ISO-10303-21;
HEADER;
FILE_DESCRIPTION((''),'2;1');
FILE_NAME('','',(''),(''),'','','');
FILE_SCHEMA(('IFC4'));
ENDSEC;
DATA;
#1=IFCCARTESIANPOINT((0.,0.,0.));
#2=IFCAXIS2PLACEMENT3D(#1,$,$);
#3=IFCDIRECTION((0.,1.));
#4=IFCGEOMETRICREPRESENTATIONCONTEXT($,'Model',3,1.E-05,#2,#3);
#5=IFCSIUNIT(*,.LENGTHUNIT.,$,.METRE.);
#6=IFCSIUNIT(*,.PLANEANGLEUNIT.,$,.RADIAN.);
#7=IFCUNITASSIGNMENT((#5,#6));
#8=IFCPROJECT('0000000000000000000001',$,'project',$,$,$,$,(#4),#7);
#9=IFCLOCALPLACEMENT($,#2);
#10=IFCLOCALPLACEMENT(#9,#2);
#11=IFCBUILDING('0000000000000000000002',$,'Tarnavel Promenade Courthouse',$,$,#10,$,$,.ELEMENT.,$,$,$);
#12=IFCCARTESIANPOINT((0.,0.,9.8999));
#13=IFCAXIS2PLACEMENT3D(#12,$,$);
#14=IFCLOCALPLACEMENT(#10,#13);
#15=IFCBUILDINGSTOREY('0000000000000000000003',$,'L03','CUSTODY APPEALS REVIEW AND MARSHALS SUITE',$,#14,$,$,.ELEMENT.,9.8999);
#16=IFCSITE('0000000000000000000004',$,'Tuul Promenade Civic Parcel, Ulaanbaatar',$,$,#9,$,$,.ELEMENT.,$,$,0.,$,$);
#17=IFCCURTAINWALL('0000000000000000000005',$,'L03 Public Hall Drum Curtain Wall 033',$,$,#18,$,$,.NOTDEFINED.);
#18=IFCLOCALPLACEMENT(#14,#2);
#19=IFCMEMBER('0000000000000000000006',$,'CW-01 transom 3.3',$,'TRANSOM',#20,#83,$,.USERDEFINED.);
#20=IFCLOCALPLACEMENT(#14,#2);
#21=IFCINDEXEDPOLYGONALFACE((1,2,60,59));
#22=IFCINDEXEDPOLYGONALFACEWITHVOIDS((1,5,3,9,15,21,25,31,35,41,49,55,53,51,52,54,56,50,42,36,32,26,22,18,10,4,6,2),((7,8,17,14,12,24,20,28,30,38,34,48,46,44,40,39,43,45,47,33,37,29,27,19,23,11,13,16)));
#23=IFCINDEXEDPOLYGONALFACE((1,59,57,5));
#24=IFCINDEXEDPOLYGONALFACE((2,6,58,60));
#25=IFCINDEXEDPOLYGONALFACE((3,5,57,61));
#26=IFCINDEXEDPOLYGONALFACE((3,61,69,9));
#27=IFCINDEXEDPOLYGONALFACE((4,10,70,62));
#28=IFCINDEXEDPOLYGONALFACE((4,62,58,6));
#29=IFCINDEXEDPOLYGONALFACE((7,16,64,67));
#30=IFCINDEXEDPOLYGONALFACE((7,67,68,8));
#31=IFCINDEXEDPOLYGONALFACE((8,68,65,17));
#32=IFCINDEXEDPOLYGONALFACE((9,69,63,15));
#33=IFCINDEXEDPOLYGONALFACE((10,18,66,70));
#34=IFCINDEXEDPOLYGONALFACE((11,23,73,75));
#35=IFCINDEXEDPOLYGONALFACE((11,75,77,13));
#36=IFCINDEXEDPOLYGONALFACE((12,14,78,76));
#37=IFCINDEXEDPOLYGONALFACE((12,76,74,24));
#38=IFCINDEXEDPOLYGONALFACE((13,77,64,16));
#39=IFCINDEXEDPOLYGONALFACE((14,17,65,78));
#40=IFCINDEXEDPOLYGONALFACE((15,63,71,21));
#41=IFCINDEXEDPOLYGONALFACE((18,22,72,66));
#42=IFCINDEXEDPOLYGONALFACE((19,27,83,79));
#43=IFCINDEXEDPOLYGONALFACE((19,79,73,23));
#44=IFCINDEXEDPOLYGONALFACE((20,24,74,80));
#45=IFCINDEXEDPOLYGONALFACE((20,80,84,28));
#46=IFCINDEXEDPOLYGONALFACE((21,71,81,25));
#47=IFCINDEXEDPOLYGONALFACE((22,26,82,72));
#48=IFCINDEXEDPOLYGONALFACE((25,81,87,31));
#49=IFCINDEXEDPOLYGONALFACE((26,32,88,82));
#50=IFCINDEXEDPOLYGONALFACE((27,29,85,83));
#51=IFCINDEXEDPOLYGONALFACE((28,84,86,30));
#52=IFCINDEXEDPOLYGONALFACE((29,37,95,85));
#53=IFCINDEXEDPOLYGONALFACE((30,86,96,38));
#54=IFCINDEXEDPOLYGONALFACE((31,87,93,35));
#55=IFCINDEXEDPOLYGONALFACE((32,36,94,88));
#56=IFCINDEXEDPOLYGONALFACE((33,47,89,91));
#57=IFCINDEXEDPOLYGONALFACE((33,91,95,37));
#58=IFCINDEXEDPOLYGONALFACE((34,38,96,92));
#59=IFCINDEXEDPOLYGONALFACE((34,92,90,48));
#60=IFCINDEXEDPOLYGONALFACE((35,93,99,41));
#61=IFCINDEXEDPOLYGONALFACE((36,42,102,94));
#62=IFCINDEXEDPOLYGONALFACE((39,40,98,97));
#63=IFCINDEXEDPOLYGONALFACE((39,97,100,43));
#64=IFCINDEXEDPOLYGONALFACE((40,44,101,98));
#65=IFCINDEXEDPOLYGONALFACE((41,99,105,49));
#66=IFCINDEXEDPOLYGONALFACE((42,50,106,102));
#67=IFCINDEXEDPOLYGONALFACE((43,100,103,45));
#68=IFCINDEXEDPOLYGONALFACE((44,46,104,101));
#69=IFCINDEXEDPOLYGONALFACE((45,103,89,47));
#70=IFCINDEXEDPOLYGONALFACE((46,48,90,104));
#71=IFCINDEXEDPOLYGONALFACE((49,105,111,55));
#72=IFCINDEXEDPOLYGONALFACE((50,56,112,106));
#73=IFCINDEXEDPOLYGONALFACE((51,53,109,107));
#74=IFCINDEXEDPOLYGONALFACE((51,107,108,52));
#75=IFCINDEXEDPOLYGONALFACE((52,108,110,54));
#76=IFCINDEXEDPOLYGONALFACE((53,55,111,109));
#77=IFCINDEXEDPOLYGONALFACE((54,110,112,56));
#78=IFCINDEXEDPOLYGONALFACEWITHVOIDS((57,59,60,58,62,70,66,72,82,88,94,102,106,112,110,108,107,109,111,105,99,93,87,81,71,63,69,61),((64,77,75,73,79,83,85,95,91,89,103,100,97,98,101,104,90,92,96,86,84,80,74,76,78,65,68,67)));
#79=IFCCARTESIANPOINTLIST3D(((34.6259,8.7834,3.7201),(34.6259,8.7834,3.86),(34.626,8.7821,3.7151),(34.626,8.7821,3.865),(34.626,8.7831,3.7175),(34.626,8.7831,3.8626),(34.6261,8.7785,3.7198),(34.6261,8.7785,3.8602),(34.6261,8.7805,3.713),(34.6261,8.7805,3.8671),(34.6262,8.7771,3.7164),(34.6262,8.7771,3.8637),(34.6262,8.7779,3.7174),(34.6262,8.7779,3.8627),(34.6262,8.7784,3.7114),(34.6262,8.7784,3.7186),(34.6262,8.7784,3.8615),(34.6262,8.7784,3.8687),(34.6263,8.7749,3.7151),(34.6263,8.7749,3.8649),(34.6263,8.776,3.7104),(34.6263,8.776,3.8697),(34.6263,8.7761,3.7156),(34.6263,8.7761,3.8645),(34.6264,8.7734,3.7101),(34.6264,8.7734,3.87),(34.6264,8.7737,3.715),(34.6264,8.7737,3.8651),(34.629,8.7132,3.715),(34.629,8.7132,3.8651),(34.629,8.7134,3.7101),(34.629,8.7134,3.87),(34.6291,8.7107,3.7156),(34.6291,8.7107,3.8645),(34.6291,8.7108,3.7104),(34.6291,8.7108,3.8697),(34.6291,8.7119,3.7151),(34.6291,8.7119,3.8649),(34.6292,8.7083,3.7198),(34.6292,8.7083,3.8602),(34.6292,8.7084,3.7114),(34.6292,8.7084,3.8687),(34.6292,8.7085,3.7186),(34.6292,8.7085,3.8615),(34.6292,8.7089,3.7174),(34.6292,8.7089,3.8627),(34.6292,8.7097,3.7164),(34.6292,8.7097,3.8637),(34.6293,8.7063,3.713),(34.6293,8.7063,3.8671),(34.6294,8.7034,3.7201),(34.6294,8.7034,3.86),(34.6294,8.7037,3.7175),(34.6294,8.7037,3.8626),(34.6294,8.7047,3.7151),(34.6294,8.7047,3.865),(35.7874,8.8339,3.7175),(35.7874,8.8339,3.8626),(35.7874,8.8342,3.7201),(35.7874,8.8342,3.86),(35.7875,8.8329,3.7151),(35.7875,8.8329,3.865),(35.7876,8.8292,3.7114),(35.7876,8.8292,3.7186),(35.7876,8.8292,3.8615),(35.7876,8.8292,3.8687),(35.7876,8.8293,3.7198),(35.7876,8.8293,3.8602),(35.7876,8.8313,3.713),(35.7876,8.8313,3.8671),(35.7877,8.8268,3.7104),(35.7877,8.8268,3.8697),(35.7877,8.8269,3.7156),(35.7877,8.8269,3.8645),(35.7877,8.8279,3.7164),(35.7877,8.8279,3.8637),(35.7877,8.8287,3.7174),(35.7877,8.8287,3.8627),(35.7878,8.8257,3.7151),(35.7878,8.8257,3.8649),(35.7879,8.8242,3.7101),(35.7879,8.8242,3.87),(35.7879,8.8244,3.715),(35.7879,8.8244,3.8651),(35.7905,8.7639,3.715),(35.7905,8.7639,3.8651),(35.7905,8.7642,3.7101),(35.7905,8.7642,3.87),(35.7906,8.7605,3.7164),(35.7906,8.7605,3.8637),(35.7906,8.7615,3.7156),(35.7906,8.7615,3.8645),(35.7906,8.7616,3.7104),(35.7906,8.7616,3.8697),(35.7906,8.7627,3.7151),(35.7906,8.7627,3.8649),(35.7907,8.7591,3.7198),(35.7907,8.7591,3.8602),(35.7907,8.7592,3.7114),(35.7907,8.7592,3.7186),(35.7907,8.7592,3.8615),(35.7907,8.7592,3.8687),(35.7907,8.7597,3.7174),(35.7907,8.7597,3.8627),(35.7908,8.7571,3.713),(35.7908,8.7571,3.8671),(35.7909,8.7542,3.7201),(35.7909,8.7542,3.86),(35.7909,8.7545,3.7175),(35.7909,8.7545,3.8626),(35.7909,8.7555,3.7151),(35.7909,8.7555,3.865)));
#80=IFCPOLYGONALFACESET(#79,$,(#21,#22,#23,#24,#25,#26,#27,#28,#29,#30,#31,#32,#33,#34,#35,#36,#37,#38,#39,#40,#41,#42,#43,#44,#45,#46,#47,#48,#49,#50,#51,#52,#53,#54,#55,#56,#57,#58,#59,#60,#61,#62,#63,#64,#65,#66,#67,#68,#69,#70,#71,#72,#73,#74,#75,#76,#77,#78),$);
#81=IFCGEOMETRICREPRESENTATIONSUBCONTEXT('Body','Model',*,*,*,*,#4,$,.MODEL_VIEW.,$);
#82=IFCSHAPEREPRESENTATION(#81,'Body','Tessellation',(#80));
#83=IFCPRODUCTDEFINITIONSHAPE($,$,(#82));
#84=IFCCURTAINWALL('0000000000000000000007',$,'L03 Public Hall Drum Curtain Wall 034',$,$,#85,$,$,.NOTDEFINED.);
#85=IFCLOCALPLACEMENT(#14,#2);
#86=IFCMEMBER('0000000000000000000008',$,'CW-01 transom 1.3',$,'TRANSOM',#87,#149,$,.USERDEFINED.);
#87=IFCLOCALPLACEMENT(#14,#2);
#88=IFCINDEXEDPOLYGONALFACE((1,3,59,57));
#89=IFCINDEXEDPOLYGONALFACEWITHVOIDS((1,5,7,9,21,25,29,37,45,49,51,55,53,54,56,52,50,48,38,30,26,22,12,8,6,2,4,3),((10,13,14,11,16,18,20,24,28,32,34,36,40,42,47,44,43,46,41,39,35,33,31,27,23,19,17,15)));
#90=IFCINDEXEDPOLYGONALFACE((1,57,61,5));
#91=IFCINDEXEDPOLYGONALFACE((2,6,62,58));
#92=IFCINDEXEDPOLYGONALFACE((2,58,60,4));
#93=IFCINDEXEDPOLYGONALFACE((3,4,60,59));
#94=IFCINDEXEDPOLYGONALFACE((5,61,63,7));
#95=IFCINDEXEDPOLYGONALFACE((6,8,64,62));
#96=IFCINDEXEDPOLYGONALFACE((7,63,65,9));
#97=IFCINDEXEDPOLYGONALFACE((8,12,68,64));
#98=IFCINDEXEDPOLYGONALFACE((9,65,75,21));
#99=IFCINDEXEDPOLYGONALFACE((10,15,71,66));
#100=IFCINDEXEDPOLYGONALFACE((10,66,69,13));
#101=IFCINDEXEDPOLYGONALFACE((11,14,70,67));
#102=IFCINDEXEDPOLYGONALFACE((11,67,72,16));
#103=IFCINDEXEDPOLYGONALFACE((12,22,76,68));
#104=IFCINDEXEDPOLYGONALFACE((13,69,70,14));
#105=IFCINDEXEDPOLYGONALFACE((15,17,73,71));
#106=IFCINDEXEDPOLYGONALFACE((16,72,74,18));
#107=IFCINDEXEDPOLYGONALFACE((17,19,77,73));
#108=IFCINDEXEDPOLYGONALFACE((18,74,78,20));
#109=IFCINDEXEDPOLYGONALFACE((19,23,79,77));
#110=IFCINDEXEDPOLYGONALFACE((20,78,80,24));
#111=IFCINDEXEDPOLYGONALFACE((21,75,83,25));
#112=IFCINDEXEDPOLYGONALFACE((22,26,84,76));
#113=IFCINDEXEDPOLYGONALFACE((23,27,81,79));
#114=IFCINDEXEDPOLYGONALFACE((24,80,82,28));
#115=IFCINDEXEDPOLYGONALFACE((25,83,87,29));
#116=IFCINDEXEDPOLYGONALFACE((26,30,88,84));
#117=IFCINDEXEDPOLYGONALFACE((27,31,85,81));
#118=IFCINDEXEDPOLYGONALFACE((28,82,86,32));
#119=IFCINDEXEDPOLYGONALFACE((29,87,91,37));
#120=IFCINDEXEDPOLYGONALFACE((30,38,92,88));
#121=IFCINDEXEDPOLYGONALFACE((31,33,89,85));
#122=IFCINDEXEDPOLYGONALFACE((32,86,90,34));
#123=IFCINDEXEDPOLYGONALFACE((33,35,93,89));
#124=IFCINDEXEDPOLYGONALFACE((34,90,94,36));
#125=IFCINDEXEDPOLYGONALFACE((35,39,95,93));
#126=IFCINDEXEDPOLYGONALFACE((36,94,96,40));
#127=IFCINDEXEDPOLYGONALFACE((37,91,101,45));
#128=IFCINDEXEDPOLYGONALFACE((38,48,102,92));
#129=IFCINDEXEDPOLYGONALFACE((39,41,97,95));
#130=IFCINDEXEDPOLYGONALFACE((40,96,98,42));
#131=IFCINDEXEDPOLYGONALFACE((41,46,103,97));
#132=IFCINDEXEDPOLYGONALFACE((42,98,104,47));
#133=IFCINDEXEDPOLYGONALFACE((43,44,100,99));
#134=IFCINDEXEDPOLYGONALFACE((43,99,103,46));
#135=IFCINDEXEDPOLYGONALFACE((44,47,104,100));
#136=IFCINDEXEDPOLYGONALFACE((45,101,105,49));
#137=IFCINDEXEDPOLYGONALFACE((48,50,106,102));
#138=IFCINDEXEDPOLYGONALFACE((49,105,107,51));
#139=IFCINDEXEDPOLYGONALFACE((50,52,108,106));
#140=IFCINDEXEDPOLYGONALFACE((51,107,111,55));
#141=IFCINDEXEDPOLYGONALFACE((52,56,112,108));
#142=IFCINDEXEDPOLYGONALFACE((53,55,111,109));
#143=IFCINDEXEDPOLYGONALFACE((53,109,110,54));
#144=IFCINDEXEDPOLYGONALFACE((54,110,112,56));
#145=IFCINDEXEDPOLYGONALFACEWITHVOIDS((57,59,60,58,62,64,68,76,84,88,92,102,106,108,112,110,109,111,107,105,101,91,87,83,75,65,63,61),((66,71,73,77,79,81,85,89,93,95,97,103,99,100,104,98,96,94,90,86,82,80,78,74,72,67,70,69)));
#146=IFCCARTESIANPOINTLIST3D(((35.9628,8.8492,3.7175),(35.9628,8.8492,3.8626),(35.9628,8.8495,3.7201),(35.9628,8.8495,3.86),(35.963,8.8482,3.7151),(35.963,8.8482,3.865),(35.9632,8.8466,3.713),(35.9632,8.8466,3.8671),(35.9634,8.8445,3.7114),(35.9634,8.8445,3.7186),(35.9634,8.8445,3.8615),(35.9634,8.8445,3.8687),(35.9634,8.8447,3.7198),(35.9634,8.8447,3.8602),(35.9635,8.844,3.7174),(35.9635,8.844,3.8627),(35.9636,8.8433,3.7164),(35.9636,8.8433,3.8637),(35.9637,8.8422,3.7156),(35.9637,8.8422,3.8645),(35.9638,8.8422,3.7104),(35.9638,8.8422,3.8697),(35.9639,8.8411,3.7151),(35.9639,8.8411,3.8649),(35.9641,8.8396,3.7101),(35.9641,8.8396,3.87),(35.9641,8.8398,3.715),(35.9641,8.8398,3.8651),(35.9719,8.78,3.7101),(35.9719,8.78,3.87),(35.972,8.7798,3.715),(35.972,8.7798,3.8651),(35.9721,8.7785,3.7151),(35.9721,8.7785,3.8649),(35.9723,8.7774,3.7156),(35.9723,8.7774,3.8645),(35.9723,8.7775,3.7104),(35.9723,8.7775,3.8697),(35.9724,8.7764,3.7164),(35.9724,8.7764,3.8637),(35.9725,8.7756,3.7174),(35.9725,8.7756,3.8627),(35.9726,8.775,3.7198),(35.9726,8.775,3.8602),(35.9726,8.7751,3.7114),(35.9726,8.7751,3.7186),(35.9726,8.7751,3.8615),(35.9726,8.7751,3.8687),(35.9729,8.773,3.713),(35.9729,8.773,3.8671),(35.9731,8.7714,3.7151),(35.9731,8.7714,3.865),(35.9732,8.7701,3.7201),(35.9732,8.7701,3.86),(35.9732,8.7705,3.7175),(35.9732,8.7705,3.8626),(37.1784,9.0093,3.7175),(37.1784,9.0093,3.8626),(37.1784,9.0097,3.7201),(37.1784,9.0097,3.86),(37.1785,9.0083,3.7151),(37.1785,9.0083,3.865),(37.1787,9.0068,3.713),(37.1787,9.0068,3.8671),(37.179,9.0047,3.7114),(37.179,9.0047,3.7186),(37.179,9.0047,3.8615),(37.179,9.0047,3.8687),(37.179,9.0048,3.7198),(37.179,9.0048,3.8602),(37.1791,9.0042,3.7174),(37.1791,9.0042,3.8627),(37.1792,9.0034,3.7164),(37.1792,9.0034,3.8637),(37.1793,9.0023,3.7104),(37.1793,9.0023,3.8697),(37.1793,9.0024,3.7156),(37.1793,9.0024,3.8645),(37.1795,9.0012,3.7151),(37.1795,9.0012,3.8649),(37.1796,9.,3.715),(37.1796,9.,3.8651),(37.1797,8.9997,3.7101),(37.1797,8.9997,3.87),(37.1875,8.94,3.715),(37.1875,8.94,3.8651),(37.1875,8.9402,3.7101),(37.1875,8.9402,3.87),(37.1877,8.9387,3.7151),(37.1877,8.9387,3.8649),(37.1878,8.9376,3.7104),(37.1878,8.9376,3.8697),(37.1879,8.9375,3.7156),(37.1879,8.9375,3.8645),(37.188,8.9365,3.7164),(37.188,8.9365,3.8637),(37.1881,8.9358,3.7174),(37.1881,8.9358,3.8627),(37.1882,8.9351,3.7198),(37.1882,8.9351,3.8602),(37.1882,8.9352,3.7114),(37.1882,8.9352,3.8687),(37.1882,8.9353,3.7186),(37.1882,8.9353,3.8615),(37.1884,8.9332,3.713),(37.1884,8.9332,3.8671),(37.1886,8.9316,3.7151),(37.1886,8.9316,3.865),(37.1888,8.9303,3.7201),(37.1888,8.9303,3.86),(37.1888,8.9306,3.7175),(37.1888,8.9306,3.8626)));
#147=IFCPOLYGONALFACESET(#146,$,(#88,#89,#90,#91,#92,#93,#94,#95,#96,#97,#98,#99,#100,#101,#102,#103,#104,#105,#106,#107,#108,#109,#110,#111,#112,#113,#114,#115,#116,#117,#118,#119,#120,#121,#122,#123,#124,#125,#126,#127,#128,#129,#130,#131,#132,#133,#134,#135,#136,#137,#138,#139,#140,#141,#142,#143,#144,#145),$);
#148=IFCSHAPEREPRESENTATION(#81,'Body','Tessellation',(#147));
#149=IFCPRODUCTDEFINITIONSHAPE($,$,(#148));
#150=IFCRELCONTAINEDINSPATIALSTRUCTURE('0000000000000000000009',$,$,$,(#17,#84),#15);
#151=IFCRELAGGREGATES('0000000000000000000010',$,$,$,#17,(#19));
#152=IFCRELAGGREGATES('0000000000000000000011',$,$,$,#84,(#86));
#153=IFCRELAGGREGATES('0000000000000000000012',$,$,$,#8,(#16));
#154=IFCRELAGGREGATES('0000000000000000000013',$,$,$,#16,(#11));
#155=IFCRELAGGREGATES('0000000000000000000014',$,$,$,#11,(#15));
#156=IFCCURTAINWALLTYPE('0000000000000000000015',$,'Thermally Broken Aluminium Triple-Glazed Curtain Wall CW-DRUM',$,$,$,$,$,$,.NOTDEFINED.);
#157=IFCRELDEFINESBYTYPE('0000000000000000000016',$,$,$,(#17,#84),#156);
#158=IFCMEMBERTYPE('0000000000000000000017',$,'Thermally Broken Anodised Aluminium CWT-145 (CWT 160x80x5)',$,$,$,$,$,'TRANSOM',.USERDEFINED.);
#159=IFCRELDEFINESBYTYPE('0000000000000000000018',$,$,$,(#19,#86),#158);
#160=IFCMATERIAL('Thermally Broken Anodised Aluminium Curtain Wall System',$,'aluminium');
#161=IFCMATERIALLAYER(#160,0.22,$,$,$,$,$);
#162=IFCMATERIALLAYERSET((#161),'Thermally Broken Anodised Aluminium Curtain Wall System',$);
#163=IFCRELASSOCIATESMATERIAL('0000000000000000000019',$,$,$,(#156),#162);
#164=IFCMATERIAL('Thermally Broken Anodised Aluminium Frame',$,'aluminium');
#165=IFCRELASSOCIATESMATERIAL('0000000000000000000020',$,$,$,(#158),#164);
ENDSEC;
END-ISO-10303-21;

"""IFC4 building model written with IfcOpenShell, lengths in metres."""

from ifc_helpers import new_model, si_unit, direction, frame, origin, origin_2d, place, context, subcontext, project, spatial, hollow_rectangle, extrude, material, layer, layer_set, material_profile, profile_set, type_object, element, aggregate, save


model = new_model("IFC4")

# Units and contexts
model_context = context("Model", 3, precision=1e-05, world=origin(), true_north=direction((0.0, 1.0)))
body_context = subcontext(model_context, "Body", "Model", "MODEL_VIEW")
ifc_project = project(units=[si_unit("LENGTHUNIT", "METRE"), si_unit("PLANEANGLEUNIT", "RADIAN")], contexts=[model_context])

# Site, building, storey
site_placement = place(None, origin())
site = spatial("IfcSite", under=ifc_project, at=site_placement, Name="Tuul Promenade Civic Parcel, Ulaanbaatar", CompositionType="ELEMENT", RefElevation=0.0)
building_placement = place(site_placement, origin())
building = spatial("IfcBuilding", under=site, at=building_placement, Name="Tarnavel Promenade Courthouse", CompositionType="ELEMENT")
storey_placement = place(building_placement, frame((0.0, 0.0, 9.8999)))
storey = spatial("IfcBuildingStorey", under=building, at=storey_placement, Name="L03", Description="CUSTODY APPEALS REVIEW AND MARSHALS SUITE", CompositionType="ELEMENT", Elevation=9.8999)

# Curtain walls, members
ifc_material_1 = material(Name="Thermally Broken Anodised Aluminium Curtain Wall System", Category="aluminium")
ifc_layer_1 = layer(ifc_material_1, 0.22)
ifc_layer_set_1 = layer_set([ifc_layer_1], Name="Thermally Broken Anodised Aluminium Curtain Wall System")
curtain_wall_type = type_object("IfcCurtainWallType", Name="Thermally Broken Aluminium Triple-Glazed Curtain Wall CW-DRUM", PredefinedType="NOTDEFINED", material=ifc_layer_set_1)
curtain_wall_1_placement = place(storey_placement, origin())
curtain_wall_1 = element("IfcCurtainWall", 1, at=curtain_wall_1_placement, inside=storey, type_object=curtain_wall_type, Name="L03 Public Hall Drum Curtain Wall 033", PredefinedType="NOTDEFINED")
ifc_material_2 = material(Name="Thermally Broken Anodised Aluminium Frame", Category="aluminium")
ifc_material_profile_1 = material_profile(ifc_material_2, hollow_rectangle(XDim=0.0801, YDim=0.1599, WallThickness=0.0049, InnerFilletRadius=0.0049, OuterFilletRadius=0.01, at=origin_2d()), Name="CWT 160x80x5")
ifc_profile_set_1 = profile_set([ifc_material_profile_1], Name="Thermally Broken Anodised Aluminium Frame")
member_type_1 = type_object("IfcMemberType", Name="Thermally Broken Anodised Aluminium CWT-145 (CWT 160x80x5)", ElementType="TRANSOM", PredefinedType="USERDEFINED", material=ifc_profile_set_1)
member_1_placement = place(storey_placement, frame((34.6277, 8.7434, 3.79), z_axis=(0.999045, 0.043683, 0.0), x_axis=(-0.043683, 0.999045, 0.0)))
member_1 = element("IfcMember", 2, at=member_1_placement, type_object=member_type_1, Name="CW-01 transom 3.3", ObjectType="TRANSOM", PredefinedType="USERDEFINED", context=body_context, shape_type="SweptSolid", body=[
    extrude(hollow_rectangle(XDim=0.0801, YDim=0.1599, WallThickness=0.0049, InnerFilletRadius=0.0049, OuterFilletRadius=0.01, at=origin_2d()), origin(), (0.0, 0.0, 1.0), 1.1626),
])
curtain_wall_2_placement = place(storey_placement, origin())
curtain_wall_2 = element("IfcCurtainWall", 3, at=curtain_wall_2_placement, inside=storey, type_object=curtain_wall_type, Name="L03 Public Hall Drum Curtain Wall 034", PredefinedType="NOTDEFINED")
member_2_placement = place(storey_placement, frame((35.968, 8.8098, 3.79), z_axis=(0.991432, 0.130624, 0.0), x_axis=(-0.130624, 0.991432, 0.0)))
member_2 = element("IfcMember", 4, at=member_2_placement, type_object=member_type_1, Name="CW-01 transom 1.3", ObjectType="TRANSOM", PredefinedType="USERDEFINED", context=body_context, shape_type="SweptSolid", body=[
    extrude(hollow_rectangle(XDim=0.0801, YDim=0.1599, WallThickness=0.0049, InnerFilletRadius=0.0049, OuterFilletRadius=0.01, at=origin_2d()), origin(), (0.0, 0.0, 1.0), 1.2261),
])

aggregate(curtain_wall_1, [member_1])
aggregate(curtain_wall_2, [member_2])

save(model, "model.ifc")
